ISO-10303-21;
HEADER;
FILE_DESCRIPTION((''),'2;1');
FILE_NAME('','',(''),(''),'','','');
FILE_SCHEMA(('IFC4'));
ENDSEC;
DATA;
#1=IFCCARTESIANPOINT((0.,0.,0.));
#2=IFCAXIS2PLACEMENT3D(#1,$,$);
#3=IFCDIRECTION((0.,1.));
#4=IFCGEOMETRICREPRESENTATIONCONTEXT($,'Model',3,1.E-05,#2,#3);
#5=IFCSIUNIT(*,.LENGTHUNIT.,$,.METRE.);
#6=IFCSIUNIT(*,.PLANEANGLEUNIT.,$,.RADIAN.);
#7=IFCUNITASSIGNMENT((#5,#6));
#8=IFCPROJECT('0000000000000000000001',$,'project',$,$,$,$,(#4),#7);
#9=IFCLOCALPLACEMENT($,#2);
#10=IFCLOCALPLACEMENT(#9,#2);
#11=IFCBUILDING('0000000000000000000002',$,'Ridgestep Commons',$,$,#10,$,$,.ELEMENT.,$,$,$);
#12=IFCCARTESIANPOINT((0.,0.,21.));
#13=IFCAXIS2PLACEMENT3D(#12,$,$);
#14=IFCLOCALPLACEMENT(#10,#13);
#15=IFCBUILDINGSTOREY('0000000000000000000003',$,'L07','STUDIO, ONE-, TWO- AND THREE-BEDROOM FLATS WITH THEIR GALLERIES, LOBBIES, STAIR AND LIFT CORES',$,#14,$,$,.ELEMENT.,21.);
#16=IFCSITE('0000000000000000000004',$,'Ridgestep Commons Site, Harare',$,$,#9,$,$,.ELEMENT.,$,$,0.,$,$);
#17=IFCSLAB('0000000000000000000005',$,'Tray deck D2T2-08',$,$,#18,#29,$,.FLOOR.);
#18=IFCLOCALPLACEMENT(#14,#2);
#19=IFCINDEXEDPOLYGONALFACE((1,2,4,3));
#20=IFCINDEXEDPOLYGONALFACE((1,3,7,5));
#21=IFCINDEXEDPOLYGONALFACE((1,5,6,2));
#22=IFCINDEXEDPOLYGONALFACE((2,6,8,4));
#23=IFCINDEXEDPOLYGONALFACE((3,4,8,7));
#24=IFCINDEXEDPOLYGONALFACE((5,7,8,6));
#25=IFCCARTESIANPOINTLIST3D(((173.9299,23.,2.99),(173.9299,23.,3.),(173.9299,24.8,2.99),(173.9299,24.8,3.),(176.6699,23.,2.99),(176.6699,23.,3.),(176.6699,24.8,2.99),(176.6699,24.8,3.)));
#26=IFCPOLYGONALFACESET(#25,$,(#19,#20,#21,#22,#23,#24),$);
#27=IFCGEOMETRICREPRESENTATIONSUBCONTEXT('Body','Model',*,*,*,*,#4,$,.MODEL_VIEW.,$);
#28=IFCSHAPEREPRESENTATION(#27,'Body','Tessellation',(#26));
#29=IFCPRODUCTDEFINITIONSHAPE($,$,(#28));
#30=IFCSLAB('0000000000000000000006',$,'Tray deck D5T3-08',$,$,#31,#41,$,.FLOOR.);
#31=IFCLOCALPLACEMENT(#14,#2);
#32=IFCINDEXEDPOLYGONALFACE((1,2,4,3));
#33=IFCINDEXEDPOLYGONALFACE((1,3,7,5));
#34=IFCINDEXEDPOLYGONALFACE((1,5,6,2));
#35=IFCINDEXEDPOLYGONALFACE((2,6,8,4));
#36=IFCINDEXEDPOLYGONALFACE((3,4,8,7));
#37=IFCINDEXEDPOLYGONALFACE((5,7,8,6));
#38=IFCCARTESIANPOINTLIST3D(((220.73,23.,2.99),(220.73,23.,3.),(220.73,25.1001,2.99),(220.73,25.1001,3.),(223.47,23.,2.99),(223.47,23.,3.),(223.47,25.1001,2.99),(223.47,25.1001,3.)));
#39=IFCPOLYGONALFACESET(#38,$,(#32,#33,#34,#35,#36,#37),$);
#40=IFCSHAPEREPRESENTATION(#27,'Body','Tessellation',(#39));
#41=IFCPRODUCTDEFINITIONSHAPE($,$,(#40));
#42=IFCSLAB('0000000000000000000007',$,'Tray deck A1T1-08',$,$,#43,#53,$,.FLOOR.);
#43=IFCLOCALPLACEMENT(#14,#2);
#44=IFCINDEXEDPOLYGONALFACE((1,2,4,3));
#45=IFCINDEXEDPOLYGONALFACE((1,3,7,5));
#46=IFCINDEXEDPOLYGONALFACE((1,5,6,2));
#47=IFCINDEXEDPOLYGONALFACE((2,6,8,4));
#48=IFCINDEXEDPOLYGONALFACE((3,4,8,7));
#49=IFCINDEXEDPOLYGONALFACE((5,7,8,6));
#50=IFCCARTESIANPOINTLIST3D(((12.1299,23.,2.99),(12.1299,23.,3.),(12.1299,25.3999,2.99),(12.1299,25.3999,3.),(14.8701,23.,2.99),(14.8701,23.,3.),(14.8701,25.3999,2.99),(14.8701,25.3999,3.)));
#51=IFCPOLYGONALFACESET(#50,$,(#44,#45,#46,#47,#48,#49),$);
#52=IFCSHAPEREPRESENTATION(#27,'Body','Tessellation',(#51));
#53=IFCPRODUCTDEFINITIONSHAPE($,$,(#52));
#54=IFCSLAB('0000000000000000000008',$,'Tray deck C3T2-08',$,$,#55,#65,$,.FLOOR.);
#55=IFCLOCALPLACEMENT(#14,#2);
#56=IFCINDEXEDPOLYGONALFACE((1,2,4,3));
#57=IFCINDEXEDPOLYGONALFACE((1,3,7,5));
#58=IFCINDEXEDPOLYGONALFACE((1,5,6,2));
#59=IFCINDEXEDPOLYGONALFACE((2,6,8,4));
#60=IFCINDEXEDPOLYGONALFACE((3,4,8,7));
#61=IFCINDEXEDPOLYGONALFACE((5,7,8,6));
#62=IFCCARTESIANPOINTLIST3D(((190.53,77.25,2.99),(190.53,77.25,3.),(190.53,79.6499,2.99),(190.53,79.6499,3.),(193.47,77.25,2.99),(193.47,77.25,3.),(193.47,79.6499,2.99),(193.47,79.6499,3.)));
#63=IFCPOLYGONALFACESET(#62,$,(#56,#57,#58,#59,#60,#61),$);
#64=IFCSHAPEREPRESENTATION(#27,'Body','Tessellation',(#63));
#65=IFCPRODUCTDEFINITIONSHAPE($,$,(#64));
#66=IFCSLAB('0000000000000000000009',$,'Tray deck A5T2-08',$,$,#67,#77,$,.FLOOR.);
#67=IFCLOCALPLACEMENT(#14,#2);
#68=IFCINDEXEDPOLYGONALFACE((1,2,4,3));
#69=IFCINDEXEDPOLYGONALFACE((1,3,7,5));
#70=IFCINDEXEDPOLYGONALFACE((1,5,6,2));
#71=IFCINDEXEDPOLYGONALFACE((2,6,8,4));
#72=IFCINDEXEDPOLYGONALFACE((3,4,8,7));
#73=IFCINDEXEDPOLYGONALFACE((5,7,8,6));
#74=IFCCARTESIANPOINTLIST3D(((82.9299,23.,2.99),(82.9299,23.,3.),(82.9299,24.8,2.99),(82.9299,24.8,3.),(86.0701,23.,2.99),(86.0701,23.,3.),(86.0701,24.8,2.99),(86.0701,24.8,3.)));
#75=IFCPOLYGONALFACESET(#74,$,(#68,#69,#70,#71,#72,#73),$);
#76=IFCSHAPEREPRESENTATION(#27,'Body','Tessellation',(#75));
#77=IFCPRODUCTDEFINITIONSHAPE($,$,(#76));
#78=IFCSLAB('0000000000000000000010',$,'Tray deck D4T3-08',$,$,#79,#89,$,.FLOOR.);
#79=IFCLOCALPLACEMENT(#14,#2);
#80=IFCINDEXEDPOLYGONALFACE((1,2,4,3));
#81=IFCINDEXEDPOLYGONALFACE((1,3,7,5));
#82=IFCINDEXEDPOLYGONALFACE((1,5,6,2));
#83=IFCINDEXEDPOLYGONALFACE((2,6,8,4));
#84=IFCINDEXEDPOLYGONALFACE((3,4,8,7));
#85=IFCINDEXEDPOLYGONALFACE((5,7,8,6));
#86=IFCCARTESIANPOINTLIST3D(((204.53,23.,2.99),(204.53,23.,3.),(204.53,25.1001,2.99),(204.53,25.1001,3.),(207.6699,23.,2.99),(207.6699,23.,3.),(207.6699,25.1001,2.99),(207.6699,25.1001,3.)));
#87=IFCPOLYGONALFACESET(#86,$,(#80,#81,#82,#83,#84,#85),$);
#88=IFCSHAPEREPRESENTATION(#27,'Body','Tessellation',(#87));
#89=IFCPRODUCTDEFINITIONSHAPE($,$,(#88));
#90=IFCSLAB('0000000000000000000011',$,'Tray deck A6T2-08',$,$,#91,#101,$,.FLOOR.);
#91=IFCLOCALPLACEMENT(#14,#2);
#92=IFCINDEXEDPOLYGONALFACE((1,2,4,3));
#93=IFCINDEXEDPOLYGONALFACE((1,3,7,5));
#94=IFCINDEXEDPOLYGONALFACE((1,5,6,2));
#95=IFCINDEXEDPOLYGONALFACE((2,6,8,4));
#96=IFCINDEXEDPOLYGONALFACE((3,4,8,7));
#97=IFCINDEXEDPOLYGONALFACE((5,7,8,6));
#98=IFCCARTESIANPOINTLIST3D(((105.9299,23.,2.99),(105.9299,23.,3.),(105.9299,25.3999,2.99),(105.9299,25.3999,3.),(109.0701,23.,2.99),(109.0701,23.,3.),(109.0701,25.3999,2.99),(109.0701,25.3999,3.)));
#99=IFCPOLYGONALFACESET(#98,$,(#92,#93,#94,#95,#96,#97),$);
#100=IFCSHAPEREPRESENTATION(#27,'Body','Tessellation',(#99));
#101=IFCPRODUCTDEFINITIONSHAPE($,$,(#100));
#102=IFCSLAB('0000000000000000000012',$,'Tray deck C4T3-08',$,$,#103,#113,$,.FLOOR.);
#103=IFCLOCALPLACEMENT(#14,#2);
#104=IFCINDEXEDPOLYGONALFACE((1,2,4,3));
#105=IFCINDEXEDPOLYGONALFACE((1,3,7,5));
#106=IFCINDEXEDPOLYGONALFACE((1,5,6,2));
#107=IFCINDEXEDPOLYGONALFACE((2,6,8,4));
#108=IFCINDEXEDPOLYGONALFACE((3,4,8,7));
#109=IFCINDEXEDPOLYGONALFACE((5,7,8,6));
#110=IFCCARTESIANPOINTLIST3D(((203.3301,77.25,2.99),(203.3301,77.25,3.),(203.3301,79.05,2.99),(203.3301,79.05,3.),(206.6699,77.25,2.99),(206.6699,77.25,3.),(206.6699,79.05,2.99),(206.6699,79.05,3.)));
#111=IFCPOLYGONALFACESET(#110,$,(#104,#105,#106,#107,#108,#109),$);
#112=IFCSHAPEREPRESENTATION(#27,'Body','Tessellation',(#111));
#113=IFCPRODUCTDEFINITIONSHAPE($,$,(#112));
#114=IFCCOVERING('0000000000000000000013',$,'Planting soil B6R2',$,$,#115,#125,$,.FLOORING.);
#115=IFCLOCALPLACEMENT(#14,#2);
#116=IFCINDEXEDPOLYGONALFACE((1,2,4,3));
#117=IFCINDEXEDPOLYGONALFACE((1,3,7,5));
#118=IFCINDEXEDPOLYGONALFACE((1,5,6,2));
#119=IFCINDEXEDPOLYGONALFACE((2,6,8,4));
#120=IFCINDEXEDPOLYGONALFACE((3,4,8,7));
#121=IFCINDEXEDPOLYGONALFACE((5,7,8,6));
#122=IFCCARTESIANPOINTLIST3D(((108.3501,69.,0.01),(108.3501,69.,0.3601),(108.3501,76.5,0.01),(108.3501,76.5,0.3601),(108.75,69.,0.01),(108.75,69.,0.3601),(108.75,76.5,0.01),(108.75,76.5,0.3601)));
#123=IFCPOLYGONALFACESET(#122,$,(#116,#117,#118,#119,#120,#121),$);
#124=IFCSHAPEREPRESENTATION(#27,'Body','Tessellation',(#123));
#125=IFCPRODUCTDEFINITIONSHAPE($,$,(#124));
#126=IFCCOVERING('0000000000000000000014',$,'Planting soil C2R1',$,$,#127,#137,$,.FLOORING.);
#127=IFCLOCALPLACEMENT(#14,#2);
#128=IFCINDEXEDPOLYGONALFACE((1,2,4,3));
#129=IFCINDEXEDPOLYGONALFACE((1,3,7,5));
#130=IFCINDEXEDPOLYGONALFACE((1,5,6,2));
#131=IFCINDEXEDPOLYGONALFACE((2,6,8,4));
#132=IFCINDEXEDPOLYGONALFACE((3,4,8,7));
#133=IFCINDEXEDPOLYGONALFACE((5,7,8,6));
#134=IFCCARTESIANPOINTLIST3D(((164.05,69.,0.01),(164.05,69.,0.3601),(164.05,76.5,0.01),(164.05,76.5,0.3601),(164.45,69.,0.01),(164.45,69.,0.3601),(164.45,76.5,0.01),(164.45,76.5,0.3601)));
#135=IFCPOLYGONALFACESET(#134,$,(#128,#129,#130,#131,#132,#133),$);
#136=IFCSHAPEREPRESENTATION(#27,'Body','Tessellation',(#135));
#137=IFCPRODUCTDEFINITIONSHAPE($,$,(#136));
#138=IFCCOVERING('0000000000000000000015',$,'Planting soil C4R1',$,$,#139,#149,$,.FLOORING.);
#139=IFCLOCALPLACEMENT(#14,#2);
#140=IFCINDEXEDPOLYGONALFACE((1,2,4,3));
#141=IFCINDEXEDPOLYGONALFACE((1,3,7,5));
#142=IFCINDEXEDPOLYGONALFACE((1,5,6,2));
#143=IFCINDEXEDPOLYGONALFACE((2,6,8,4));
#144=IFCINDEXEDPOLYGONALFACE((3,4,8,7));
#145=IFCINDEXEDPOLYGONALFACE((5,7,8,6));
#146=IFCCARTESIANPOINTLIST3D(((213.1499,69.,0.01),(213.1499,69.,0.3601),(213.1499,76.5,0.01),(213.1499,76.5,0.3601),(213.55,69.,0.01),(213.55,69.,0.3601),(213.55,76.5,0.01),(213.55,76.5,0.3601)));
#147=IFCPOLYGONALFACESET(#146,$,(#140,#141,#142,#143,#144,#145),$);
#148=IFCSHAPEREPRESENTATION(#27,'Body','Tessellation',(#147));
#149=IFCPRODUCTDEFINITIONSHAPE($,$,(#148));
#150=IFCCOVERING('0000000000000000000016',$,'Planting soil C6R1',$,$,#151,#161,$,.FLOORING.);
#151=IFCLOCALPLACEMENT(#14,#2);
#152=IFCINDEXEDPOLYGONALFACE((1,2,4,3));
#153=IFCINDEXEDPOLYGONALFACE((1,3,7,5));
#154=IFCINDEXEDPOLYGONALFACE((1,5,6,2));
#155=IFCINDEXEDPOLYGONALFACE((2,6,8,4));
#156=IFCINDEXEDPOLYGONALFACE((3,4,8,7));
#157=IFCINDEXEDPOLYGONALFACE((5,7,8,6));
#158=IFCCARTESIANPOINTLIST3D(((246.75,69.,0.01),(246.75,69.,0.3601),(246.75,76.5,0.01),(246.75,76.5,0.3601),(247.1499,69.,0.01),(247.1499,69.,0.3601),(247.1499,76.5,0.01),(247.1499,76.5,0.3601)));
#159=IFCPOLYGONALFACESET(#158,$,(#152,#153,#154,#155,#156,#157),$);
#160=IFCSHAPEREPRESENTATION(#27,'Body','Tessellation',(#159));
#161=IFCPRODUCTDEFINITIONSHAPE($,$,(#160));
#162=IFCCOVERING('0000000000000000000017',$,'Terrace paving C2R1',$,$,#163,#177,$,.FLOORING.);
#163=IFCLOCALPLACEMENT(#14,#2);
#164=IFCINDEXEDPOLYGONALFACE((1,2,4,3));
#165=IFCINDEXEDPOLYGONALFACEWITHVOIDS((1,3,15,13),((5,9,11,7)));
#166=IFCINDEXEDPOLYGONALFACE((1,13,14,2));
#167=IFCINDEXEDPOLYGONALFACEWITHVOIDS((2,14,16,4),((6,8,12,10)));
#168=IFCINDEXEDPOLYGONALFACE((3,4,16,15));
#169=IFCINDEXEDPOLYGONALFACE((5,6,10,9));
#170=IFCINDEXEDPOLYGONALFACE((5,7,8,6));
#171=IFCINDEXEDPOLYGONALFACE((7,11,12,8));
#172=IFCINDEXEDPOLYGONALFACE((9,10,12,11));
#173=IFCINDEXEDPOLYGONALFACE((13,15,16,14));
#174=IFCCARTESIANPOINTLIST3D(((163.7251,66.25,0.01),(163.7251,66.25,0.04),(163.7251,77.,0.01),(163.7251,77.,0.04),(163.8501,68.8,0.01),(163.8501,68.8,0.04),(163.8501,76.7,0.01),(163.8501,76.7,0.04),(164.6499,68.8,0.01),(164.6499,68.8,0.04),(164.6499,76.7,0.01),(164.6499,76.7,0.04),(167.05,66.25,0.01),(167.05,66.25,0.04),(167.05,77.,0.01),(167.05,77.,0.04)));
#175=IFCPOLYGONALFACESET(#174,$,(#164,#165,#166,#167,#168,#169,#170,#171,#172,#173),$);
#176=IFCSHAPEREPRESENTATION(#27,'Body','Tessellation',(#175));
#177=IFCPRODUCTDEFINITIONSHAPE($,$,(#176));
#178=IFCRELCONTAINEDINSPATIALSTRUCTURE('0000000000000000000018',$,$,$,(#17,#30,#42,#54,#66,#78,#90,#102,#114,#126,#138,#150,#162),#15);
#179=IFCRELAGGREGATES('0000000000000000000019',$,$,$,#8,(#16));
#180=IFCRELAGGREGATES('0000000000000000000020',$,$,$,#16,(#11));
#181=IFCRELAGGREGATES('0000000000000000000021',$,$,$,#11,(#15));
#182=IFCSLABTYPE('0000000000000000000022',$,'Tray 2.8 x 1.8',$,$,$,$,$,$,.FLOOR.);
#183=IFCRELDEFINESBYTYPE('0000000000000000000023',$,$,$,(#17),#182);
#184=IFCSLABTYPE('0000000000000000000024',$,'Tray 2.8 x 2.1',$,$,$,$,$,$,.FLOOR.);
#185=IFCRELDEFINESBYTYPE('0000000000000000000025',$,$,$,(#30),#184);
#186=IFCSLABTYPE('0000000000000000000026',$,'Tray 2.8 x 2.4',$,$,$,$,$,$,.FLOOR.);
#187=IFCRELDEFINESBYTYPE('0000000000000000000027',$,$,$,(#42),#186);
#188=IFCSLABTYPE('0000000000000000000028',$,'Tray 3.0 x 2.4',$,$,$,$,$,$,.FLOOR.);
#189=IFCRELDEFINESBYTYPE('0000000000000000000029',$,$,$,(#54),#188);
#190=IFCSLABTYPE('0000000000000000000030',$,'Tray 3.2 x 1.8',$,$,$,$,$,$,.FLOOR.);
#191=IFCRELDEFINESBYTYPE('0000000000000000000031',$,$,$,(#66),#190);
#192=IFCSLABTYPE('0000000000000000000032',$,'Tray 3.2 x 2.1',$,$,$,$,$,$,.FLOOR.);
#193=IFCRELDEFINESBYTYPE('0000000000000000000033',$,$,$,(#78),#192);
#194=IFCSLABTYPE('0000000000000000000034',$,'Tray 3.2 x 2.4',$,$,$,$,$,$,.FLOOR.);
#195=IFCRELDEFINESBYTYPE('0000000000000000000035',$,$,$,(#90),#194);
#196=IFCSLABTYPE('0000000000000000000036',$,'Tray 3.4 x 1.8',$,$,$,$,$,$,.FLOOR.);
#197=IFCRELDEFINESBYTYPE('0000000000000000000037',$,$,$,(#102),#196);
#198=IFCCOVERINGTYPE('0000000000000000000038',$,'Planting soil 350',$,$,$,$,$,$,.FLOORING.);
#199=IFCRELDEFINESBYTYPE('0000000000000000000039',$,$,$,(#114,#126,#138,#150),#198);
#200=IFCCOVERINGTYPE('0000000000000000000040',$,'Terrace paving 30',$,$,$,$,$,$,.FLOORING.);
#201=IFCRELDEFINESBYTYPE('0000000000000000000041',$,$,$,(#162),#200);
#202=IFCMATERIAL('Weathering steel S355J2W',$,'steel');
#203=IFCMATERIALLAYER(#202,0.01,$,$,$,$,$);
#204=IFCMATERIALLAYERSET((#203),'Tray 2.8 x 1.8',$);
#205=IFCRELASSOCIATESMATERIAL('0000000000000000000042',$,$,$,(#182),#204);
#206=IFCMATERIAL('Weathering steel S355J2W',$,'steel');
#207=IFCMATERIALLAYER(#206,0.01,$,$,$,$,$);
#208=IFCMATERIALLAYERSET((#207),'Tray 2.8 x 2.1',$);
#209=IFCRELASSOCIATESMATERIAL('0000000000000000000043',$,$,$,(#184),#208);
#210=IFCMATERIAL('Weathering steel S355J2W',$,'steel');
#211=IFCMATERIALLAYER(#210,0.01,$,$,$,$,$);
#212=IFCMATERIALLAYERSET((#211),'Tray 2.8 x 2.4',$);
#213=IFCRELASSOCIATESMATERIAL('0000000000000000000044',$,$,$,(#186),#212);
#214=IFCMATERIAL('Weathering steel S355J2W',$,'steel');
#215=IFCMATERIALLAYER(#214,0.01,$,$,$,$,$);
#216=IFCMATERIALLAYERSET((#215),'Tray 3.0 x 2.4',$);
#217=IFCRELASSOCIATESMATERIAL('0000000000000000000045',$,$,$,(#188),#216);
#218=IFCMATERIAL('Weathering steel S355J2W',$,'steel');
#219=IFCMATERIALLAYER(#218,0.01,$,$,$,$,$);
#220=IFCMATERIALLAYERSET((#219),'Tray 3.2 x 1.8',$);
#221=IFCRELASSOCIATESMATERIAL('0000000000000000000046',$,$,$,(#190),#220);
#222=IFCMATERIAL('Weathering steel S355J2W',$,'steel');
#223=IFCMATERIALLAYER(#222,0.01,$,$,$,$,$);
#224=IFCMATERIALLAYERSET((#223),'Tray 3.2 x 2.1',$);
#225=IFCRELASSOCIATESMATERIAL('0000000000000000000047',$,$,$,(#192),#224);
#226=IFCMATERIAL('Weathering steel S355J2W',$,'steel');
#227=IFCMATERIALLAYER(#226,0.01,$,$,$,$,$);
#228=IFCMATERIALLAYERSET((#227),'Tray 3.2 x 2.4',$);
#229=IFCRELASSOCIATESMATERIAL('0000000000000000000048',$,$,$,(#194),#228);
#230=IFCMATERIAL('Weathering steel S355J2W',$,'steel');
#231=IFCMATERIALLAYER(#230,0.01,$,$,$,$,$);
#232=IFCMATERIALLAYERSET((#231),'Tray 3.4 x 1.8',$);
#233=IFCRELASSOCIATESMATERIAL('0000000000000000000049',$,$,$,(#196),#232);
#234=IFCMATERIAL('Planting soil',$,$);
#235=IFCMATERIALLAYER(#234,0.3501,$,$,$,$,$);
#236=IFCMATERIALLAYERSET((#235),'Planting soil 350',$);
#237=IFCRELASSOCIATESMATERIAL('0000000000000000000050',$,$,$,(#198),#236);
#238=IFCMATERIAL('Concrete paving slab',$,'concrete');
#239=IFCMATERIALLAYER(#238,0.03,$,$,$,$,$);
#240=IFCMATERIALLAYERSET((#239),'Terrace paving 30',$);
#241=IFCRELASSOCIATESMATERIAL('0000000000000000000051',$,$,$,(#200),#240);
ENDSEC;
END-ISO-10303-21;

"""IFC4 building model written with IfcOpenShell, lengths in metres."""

from ifc_helpers import new_model, si_unit, direction, frame, origin, place, context, subcontext, project, spatial, polyline, outline, extrude, material, layer, layer_set, type_object, element, save


model = new_model("IFC4")

# Units and contexts
model_context = context("Model", 3, precision=1e-05, world=origin(), true_north=direction((0.0, 1.0)))
body_context = subcontext(model_context, "Body", "Model", "MODEL_VIEW")
ifc_project = project(units=[si_unit("LENGTHUNIT", "METRE"), si_unit("PLANEANGLEUNIT", "RADIAN")], contexts=[model_context])

# Site, building, storey
site_placement = place(None, origin())
site = spatial("IfcSite", under=ifc_project, at=site_placement, Name="Ridgestep Commons Site, Harare", CompositionType="ELEMENT", RefElevation=0.0)
building_placement = place(site_placement, origin())
building = spatial("IfcBuilding", under=site, at=building_placement, Name="Ridgestep Commons", CompositionType="ELEMENT")
storey_placement = place(building_placement, frame((0.0, 0.0, 21.0)))
storey = spatial("IfcBuildingStorey", under=building, at=storey_placement, Name="L07", Description="STUDIO, ONE-, TWO- AND THREE-BEDROOM FLATS WITH THEIR GALLERIES, LOBBIES, STAIR AND LIFT CORES", CompositionType="ELEMENT", Elevation=21.0)

# Slabs
ifc_material_1 = material(Name="Weathering steel S355J2W", Category="steel")
ifc_layer_1 = layer(ifc_material_1, 0.01)
ifc_layer_set_1 = layer_set([ifc_layer_1], Name="Tray 2.8 x 1.8")
slab_type_1 = type_object("IfcSlabType", Name="Tray 2.8 x 1.8", PredefinedType="FLOOR", material=ifc_layer_set_1)
slab_1_placement = place(storey_placement, frame((0.0, 0.0, 2.99)))
element("IfcSlab", 1, at=slab_1_placement, inside=storey, type_object=slab_type_1, Name="Tray deck D2T2-08", PredefinedType="FLOOR", context=body_context, shape_type="SweptSolid", body=[
    extrude(outline(polyline([(173.9299, 23.0), (176.6699, 23.0), (176.6699, 24.8), (173.9299, 24.8), (173.9299, 23.0)])), origin(), (0.0, 0.0, 1.0), 0.01),
])
ifc_material_2 = material(Name="Weathering steel S355J2W", Category="steel")
ifc_layer_2 = layer(ifc_material_2, 0.01)
ifc_layer_set_2 = layer_set([ifc_layer_2], Name="Tray 2.8 x 2.1")
slab_type_2 = type_object("IfcSlabType", Name="Tray 2.8 x 2.1", PredefinedType="FLOOR", material=ifc_layer_set_2)
slab_2_placement = place(storey_placement, frame((0.0, 0.0, 2.99)))
element("IfcSlab", 2, at=slab_2_placement, inside=storey, type_object=slab_type_2, Name="Tray deck D5T3-08", PredefinedType="FLOOR", context=body_context, shape_type="SweptSolid", body=[
    extrude(outline(polyline([(220.73, 23.0), (223.47, 23.0), (223.47, 25.1001), (220.73, 25.1001), (220.73, 23.0)])), origin(), (0.0, 0.0, 1.0), 0.01),
])
ifc_material_3 = material(Name="Weathering steel S355J2W", Category="steel")
ifc_layer_3 = layer(ifc_material_3, 0.01)
ifc_layer_set_3 = layer_set([ifc_layer_3], Name="Tray 2.8 x 2.4")
slab_type_3 = type_object("IfcSlabType", Name="Tray 2.8 x 2.4", PredefinedType="FLOOR", material=ifc_layer_set_3)
slab_3_placement = place(storey_placement, frame((0.0, 0.0, 2.99)))
element("IfcSlab", 3, at=slab_3_placement, inside=storey, type_object=slab_type_3, Name="Tray deck A1T1-08", PredefinedType="FLOOR", context=body_context, shape_type="SweptSolid", body=[
    extrude(outline(polyline([(12.1299, 23.0), (14.8701, 23.0), (14.8701, 25.3999), (12.1299, 25.3999), (12.1299, 23.0)])), origin(), (0.0, 0.0, 1.0), 0.01),
])
ifc_material_4 = material(Name="Weathering steel S355J2W", Category="steel")
ifc_layer_4 = layer(ifc_material_4, 0.01)
ifc_layer_set_4 = layer_set([ifc_layer_4], Name="Tray 3.0 x 2.4")
slab_type_4 = type_object("IfcSlabType", Name="Tray 3.0 x 2.4", PredefinedType="FLOOR", material=ifc_layer_set_4)
slab_4_placement = place(storey_placement, frame((0.0, 0.0, 2.99)))
element("IfcSlab", 4, at=slab_4_placement, inside=storey, type_object=slab_type_4, Name="Tray deck C3T2-08", PredefinedType="FLOOR", context=body_context, shape_type="SweptSolid", body=[
    extrude(outline(polyline([(190.53, 77.25), (193.47, 77.25), (193.47, 79.6499), (190.53, 79.6499), (190.53, 77.25)])), origin(), (0.0, 0.0, 1.0), 0.01),
])
ifc_material_5 = material(Name="Weathering steel S355J2W", Category="steel")
ifc_layer_5 = layer(ifc_material_5, 0.01)
ifc_layer_set_5 = layer_set([ifc_layer_5], Name="Tray 3.2 x 1.8")
slab_type_5 = type_object("IfcSlabType", Name="Tray 3.2 x 1.8", PredefinedType="FLOOR", material=ifc_layer_set_5)
slab_5_placement = place(storey_placement, frame((0.0, 0.0, 2.99)))
element("IfcSlab", 5, at=slab_5_placement, inside=storey, type_object=slab_type_5, Name="Tray deck A5T2-08", PredefinedType="FLOOR", context=body_context, shape_type="SweptSolid", body=[
    extrude(outline(polyline([(82.9299, 23.0), (86.0701, 23.0), (86.0701, 24.8), (82.9299, 24.8), (82.9299, 23.0)])), origin(), (0.0, 0.0, 1.0), 0.01),
])
ifc_material_6 = material(Name="Weathering steel S355J2W", Category="steel")
ifc_layer_6 = layer(ifc_material_6, 0.01)
ifc_layer_set_6 = layer_set([ifc_layer_6], Name="Tray 3.2 x 2.1")
slab_type_6 = type_object("IfcSlabType", Name="Tray 3.2 x 2.1", PredefinedType="FLOOR", material=ifc_layer_set_6)
slab_6_placement = place(storey_placement, frame((0.0, 0.0, 2.99)))
element("IfcSlab", 6, at=slab_6_placement, inside=storey, type_object=slab_type_6, Name="Tray deck D4T3-08", PredefinedType="FLOOR", context=body_context, shape_type="SweptSolid", body=[
    extrude(outline(polyline([(204.53, 23.0), (207.6699, 23.0), (207.6699, 25.1001), (204.53, 25.1001), (204.53, 23.0)])), origin(), (0.0, 0.0, 1.0), 0.01),
])
ifc_material_7 = material(Name="Weathering steel S355J2W", Category="steel")
ifc_layer_7 = layer(ifc_material_7, 0.01)
ifc_layer_set_7 = layer_set([ifc_layer_7], Name="Tray 3.2 x 2.4")
slab_type_7 = type_object("IfcSlabType", Name="Tray 3.2 x 2.4", PredefinedType="FLOOR", material=ifc_layer_set_7)
slab_7_placement = place(storey_placement, frame((0.0, 0.0, 2.99)))
element("IfcSlab", 7, at=slab_7_placement, inside=storey, type_object=slab_type_7, Name="Tray deck A6T2-08", PredefinedType="FLOOR", context=body_context, shape_type="SweptSolid", body=[
    extrude(outline(polyline([(105.9299, 23.0), (109.0701, 23.0), (109.0701, 25.3999), (105.9299, 25.3999), (105.9299, 23.0)])), origin(), (0.0, 0.0, 1.0), 0.01),
])
ifc_material_8 = material(Name="Weathering steel S355J2W", Category="steel")
ifc_layer_8 = layer(ifc_material_8, 0.01)
ifc_layer_set_8 = layer_set([ifc_layer_8], Name="Tray 3.4 x 1.8")
slab_type_8 = type_object("IfcSlabType", Name="Tray 3.4 x 1.8", PredefinedType="FLOOR", material=ifc_layer_set_8)
slab_8_placement = place(storey_placement, frame((0.0, 0.0, 2.99)))
element("IfcSlab", 8, at=slab_8_placement, inside=storey, type_object=slab_type_8, Name="Tray deck C4T3-08", PredefinedType="FLOOR", context=body_context, shape_type="SweptSolid", body=[
    extrude(outline(polyline([(203.3301, 77.25), (206.6699, 77.25), (206.6699, 79.05), (203.3301, 79.05), (203.3301, 77.25)])), origin(), (0.0, 0.0, 1.0), 0.01),
])

# Coverings
ifc_material_9 = material(Name="Planting soil")
ifc_layer_9 = layer(ifc_material_9, 0.3501)
ifc_layer_set_9 = layer_set([ifc_layer_9], Name="Planting soil 350")
covering_type_1 = type_object("IfcCoveringType", Name="Planting soil 350", PredefinedType="FLOORING", material=ifc_layer_set_9)
covering_1_placement = place(storey_placement, frame((0.0, 0.0, 0.01)))
element("IfcCovering", 9, at=covering_1_placement, inside=storey, type_object=covering_type_1, Name="Planting soil B6R2", PredefinedType="FLOORING", context=body_context, shape_type="SweptSolid", body=[
    extrude(outline(polyline([(108.3501, 69.0), (108.75, 69.0), (108.75, 76.5), (108.3501, 76.5), (108.3501, 69.0)])), origin(), (0.0, 0.0, 1.0), 0.3501),
])
covering_2_placement = place(storey_placement, frame((0.0, 0.0, 0.01)))
element("IfcCovering", 10, at=covering_2_placement, inside=storey, type_object=covering_type_1, Name="Planting soil C2R1", PredefinedType="FLOORING", context=body_context, shape_type="SweptSolid", body=[
    extrude(outline(polyline([(164.05, 69.0), (164.45, 69.0), (164.45, 76.5), (164.05, 76.5), (164.05, 69.0)])), origin(), (0.0, 0.0, 1.0), 0.3501),
])
covering_3_placement = place(storey_placement, frame((0.0, 0.0, 0.01)))
element("IfcCovering", 11, at=covering_3_placement, inside=storey, type_object=covering_type_1, Name="Planting soil C4R1", PredefinedType="FLOORING", context=body_context, shape_type="SweptSolid", body=[
    extrude(outline(polyline([(213.1499, 69.0), (213.55, 69.0), (213.55, 76.5), (213.1499, 76.5), (213.1499, 69.0)])), origin(), (0.0, 0.0, 1.0), 0.3501),
])
covering_4_placement = place(storey_placement, frame((0.0, 0.0, 0.01)))
element("IfcCovering", 12, at=covering_4_placement, inside=storey, type_object=covering_type_1, Name="Planting soil C6R1", PredefinedType="FLOORING", context=body_context, shape_type="SweptSolid", body=[
    extrude(outline(polyline([(246.75, 69.0), (247.1499, 69.0), (247.1499, 76.5), (246.75, 76.5), (246.75, 69.0)])), origin(), (0.0, 0.0, 1.0), 0.3501),
])
ifc_material_10 = material(Name="Concrete paving slab", Category="concrete")
ifc_layer_10 = layer(ifc_material_10, 0.03)
ifc_layer_set_10 = layer_set([ifc_layer_10], Name="Terrace paving 30")
covering_type_2 = type_object("IfcCoveringType", Name="Terrace paving 30", PredefinedType="FLOORING", material=ifc_layer_set_10)
covering_5_placement = place(storey_placement, frame((0.0, 0.0, 0.01)))
element("IfcCovering", 13, at=covering_5_placement, inside=storey, type_object=covering_type_2, Name="Terrace paving C2R1", PredefinedType="FLOORING", context=body_context, shape_type="SweptSolid", body=[
    extrude(outline(polyline([(167.05, 66.25), (167.05, 77.0), (163.7251, 77.0), (163.7251, 66.25), (167.05, 66.25)]), holes=[polyline([(164.6499, 68.8), (164.6499, 76.7), (163.8501, 76.7), (163.8501, 68.8), (164.6499, 68.8)])]), origin(), (0.0, 0.0, 1.0), 0.03),
])

save(model, "model.ifc")
